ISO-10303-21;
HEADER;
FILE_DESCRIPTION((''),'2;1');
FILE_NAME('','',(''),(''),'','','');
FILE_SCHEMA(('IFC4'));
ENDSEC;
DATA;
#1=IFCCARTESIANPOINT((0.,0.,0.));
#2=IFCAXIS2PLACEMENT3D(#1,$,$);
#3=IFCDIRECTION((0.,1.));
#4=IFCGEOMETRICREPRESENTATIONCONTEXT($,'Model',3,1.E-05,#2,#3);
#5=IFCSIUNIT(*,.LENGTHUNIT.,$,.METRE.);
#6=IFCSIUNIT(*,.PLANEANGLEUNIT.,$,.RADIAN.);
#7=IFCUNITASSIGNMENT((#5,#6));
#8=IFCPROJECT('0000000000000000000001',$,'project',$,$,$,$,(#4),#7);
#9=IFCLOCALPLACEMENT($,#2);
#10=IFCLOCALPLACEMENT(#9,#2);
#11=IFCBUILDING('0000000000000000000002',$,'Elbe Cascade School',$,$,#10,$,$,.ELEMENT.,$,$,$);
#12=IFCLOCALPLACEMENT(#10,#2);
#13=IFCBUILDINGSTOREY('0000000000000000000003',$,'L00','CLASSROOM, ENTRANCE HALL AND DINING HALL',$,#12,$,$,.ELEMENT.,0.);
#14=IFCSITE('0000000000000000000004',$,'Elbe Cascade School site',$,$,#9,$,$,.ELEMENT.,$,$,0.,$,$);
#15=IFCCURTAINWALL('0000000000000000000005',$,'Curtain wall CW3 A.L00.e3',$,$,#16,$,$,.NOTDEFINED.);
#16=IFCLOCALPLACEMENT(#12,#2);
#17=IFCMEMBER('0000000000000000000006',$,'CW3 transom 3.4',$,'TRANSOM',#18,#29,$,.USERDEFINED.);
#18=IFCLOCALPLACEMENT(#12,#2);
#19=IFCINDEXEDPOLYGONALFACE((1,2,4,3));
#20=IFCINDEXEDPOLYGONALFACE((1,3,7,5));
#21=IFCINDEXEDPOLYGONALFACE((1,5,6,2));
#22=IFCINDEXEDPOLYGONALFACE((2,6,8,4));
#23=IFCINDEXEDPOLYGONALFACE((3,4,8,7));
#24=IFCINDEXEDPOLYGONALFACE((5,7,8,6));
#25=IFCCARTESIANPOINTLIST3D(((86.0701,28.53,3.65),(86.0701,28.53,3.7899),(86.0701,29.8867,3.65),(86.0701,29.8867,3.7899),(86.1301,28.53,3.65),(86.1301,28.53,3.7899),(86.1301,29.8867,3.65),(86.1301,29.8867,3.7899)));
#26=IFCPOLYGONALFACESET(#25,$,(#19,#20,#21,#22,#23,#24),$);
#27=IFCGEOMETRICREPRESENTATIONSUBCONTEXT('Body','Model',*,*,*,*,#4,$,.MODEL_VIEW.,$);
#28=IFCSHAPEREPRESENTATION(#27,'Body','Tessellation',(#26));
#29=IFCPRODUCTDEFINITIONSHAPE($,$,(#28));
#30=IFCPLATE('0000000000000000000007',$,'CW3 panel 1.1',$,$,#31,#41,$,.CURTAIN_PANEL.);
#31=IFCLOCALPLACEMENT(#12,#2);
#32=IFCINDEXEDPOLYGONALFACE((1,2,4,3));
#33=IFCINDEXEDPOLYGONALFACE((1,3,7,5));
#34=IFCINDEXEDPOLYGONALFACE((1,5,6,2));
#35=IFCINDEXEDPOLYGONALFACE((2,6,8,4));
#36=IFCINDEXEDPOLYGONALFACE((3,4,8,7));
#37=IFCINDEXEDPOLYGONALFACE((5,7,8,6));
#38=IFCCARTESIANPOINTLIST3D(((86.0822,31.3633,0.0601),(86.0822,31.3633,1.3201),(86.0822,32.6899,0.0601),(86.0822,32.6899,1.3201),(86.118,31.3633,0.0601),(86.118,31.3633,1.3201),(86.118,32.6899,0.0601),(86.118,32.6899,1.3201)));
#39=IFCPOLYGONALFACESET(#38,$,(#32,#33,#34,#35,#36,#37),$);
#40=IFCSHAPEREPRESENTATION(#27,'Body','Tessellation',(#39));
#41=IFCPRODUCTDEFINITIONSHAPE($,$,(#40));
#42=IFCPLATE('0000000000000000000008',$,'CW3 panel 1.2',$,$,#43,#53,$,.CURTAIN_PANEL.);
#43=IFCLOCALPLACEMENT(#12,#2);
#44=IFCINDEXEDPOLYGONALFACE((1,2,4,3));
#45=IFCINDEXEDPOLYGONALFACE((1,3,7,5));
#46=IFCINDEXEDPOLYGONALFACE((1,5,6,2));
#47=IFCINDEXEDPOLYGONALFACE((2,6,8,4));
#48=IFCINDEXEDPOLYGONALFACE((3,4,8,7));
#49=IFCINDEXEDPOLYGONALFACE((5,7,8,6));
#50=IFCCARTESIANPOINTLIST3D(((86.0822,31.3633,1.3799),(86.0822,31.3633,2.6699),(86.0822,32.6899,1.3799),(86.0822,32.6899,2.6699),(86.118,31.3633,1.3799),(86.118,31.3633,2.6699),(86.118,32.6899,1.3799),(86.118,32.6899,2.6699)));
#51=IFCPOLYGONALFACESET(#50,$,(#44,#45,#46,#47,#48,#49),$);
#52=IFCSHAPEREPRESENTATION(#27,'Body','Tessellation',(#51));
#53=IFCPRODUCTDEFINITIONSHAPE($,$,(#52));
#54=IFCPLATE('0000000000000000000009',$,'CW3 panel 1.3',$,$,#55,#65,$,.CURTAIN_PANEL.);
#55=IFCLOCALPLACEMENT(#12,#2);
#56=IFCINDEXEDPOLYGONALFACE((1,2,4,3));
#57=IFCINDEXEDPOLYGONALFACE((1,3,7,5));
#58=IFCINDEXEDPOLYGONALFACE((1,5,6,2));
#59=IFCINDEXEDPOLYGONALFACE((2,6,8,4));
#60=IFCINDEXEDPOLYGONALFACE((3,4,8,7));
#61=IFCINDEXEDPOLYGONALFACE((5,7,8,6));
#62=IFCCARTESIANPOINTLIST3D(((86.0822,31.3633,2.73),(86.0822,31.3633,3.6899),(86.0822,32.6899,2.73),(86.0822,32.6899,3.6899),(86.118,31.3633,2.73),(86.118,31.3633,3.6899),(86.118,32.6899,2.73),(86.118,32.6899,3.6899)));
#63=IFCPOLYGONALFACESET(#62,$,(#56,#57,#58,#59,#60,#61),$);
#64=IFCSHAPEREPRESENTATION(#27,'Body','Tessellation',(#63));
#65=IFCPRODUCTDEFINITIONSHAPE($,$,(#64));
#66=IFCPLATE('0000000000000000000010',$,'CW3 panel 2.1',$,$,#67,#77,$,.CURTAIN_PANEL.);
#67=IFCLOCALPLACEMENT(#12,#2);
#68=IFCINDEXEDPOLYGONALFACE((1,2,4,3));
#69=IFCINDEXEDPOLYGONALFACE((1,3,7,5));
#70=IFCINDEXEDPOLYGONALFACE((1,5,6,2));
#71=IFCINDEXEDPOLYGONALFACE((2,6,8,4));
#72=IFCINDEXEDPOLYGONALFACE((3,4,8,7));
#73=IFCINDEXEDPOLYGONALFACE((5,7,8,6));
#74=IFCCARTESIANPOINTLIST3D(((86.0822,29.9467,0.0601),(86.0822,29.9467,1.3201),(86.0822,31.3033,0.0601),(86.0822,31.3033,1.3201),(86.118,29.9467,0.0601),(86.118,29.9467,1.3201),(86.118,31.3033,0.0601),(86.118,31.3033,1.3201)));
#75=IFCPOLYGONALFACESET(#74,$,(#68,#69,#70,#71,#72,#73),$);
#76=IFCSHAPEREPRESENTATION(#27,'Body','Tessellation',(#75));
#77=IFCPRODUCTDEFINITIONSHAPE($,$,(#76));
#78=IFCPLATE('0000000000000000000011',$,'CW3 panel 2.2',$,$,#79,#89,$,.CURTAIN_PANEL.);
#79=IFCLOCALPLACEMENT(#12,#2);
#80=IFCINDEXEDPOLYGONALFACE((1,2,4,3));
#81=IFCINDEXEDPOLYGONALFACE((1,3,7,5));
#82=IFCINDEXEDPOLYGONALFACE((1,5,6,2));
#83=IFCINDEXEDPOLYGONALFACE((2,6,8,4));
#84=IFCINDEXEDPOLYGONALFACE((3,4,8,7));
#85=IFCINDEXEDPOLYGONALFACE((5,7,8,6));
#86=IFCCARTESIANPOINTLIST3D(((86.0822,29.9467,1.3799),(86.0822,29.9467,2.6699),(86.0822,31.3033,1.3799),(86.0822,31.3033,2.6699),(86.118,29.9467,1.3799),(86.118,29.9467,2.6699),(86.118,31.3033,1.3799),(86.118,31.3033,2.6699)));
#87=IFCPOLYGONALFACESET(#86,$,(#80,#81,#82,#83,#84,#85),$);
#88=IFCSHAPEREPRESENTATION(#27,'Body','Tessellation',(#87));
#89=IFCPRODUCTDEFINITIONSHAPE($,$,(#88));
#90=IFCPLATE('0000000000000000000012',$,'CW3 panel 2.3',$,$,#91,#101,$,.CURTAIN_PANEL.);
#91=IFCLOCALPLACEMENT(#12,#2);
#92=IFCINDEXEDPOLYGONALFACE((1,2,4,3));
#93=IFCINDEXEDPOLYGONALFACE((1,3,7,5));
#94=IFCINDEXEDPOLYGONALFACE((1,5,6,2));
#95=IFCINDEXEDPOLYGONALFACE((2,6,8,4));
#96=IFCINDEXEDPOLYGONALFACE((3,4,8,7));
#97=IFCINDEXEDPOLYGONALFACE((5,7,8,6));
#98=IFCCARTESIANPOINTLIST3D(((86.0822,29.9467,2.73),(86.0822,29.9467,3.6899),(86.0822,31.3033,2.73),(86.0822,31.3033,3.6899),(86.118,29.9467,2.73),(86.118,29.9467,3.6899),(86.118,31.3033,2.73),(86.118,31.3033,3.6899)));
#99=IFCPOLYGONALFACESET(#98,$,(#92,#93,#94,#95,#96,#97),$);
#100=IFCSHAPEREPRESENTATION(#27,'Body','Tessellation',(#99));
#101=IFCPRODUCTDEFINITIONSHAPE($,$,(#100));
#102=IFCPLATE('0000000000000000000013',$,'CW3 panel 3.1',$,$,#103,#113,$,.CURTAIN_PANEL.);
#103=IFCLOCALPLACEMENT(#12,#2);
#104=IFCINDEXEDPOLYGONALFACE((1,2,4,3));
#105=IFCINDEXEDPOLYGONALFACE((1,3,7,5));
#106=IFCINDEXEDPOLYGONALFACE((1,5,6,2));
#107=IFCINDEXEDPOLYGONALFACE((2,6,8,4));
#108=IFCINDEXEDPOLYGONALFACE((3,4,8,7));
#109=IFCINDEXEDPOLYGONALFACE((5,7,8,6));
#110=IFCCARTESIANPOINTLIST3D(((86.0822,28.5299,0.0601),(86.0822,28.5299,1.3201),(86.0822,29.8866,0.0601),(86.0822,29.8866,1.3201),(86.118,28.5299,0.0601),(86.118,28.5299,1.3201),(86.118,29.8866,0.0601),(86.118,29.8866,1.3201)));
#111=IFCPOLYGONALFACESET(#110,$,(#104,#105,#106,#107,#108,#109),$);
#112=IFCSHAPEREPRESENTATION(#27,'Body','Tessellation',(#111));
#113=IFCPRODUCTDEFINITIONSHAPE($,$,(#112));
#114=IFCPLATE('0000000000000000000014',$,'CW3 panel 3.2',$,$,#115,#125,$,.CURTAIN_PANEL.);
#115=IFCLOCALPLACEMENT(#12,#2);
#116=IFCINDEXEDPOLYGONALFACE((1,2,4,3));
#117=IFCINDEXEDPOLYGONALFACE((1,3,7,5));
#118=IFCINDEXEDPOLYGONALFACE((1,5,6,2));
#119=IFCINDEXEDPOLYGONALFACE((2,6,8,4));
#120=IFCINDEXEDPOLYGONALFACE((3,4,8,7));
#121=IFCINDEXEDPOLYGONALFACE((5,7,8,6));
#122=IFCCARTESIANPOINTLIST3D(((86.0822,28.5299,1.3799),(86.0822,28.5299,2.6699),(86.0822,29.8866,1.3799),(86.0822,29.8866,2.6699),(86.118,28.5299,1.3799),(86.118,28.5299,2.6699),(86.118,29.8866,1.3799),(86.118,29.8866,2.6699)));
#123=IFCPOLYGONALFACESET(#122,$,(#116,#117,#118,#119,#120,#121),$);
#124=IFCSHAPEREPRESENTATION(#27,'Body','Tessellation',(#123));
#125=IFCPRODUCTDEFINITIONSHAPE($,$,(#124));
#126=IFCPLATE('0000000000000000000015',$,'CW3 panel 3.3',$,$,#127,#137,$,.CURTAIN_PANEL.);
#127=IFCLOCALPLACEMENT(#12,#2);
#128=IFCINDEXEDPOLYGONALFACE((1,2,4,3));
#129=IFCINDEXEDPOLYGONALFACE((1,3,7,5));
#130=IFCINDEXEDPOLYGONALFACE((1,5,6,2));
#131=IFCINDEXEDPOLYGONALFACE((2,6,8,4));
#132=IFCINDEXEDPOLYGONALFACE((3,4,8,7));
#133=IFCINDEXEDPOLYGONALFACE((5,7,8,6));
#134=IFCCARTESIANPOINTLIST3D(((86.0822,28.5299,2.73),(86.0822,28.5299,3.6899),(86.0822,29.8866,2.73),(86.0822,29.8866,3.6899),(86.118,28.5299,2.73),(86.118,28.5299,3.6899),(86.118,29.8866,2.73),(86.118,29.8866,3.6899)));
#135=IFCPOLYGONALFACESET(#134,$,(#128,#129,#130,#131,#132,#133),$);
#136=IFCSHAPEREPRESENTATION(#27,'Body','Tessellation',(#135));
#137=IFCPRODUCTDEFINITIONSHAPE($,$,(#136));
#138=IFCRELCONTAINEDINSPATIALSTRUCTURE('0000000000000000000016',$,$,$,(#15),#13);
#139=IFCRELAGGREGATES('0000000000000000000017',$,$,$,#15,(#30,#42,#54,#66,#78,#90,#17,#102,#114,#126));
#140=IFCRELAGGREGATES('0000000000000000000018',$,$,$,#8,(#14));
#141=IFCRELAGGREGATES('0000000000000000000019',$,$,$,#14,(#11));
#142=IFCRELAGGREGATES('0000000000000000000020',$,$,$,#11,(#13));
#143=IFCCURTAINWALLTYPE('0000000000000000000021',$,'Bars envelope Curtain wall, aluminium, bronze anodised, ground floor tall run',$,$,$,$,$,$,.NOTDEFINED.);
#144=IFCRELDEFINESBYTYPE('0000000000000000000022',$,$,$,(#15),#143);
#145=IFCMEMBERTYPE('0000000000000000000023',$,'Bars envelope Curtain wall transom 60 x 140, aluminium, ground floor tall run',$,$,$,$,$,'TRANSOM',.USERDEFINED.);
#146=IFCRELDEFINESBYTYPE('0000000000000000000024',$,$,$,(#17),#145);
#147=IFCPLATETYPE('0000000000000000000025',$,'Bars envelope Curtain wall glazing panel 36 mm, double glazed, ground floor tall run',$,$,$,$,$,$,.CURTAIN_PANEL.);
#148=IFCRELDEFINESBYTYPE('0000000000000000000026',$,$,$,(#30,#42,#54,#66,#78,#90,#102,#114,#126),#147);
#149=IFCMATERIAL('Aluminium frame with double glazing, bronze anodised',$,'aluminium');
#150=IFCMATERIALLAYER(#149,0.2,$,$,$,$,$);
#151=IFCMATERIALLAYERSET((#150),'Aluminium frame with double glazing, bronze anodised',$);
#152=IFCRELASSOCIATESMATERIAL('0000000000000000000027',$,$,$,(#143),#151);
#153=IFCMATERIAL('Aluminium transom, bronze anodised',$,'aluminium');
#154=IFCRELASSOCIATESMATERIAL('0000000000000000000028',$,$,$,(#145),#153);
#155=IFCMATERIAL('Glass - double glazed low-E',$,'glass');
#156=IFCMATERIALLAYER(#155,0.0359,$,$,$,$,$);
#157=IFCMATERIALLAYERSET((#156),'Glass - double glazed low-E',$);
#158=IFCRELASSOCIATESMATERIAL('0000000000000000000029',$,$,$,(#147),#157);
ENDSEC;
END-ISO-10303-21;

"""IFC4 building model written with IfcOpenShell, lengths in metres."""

from ifc_helpers import new_model, si_unit, direction, frame, origin, origin_2d, place, context, subcontext, project, spatial, rectangle, extrude, material, layer, layer_set, material_profile, profile_set, type_object, element, aggregate, save


model = new_model("IFC4")

# Units and contexts
model_context = context("Model", 3, precision=1e-05, world=origin(), true_north=direction((0.0, 1.0)))
body_context = subcontext(model_context, "Body", "Model", "MODEL_VIEW")
ifc_project = project(units=[si_unit("LENGTHUNIT", "METRE"), si_unit("PLANEANGLEUNIT", "RADIAN")], contexts=[model_context])

# Site, building, storey
site_placement = place(None, origin())
site = spatial("IfcSite", under=ifc_project, at=site_placement, Name="Elbe Cascade School site", CompositionType="ELEMENT", RefElevation=0.0)
building_placement = place(site_placement, origin())
building = spatial("IfcBuilding", under=site, at=building_placement, Name="Elbe Cascade School", CompositionType="ELEMENT")
storey_placement = place(building_placement, origin())
storey = spatial("IfcBuildingStorey", under=building, at=storey_placement, Name="L00", Description="CLASSROOM, ENTRANCE HALL AND DINING HALL", CompositionType="ELEMENT", Elevation=0.0)

# Curtain wall, member, plates
ifc_material_1 = material(Name="Aluminium frame with double glazing, bronze anodised", Category="aluminium")
ifc_layer_1 = layer(ifc_material_1, 0.2)
ifc_layer_set_1 = layer_set([ifc_layer_1], Name="Aluminium frame with double glazing, bronze anodised")
curtain_wall_type = type_object("IfcCurtainWallType", Name="Bars envelope Curtain wall, aluminium, bronze anodised, ground floor tall run", PredefinedType="NOTDEFINED", material=ifc_layer_set_1)
curtain_wall_placement = place(storey_placement, origin())
curtain_wall = element("IfcCurtainWall", 1, at=curtain_wall_placement, inside=storey, type_object=curtain_wall_type, Name="Curtain wall CW3 A.L00.e3", PredefinedType="NOTDEFINED")
ifc_material_2 = material(Name="Aluminium transom, bronze anodised", Category="aluminium")
ifc_material_profile_1 = material_profile(ifc_material_2, rectangle(XDim=0.0601, YDim=0.1399, at=origin_2d()), Name="Bars envelope Curtain wall transom 60 x 140, aluminium, ground floor tall run")
ifc_profile_set_1 = profile_set([ifc_material_profile_1], Name="Aluminium transom, bronze anodised")
member_type_1 = type_object("IfcMemberType", Name="Bars envelope Curtain wall transom 60 x 140, aluminium, ground floor tall run", ElementType="TRANSOM", PredefinedType="USERDEFINED", material=ifc_profile_set_1)
member_1_placement = place(storey_placement, frame((86.1001, 29.8867, 3.72), z_axis=(0.0, -1.0, 0.0), x_axis=(1.0, 0.0, 0.0)))
member_1 = element("IfcMember", 2, at=member_1_placement, type_object=member_type_1, Name="CW3 transom 3.4", ObjectType="TRANSOM", PredefinedType="USERDEFINED", context=body_context, shape_type="SweptSolid", body=[
    extrude(rectangle(XDim=0.0601, YDim=0.1399, at=origin_2d()), origin(), (0.0, 0.0, 1.0), 1.3567),
])
ifc_material_3 = material(Name="Glass - double glazed low-E", Category="glass")
ifc_layer_2 = layer(ifc_material_3, 0.0359)
ifc_layer_set_2 = layer_set([ifc_layer_2], Name="Glass - double glazed low-E")
plate_type = type_object("IfcPlateType", Name="Bars envelope Curtain wall glazing panel 36 mm, double glazed, ground floor tall run", PredefinedType="CURTAIN_PANEL", material=ifc_layer_set_2)
plate_1_placement = place(storey_placement, frame((86.1001, 32.0266, 0.0601), z_axis=(0.0, 0.0, 1.0), x_axis=(0.0, -1.0, 0.0)))
plate_1 = element("IfcPlate", 3, at=plate_1_placement, type_object=plate_type, Name="CW3 panel 1.1", PredefinedType="CURTAIN_PANEL", context=body_context, shape_type="SweptSolid", body=[
    extrude(rectangle(XDim=1.3267, YDim=0.0359, at=origin_2d()), origin(), (0.0, 0.0, 1.0), 1.26),
])
plate_2_placement = place(storey_placement, frame((86.1001, 32.0266, 1.3799), z_axis=(0.0, 0.0, 1.0), x_axis=(0.0, -1.0, 0.0)))
plate_2 = element("IfcPlate", 4, at=plate_2_placement, type_object=plate_type, Name="CW3 panel 1.2", PredefinedType="CURTAIN_PANEL", context=body_context, shape_type="SweptSolid", body=[
    extrude(rectangle(XDim=1.3267, YDim=0.0359, at=origin_2d()), origin(), (0.0, 0.0, 1.0), 1.29),
])
plate_3_placement = place(storey_placement, frame((86.1001, 32.0266, 2.73), z_axis=(0.0, 0.0, 1.0), x_axis=(0.0, -1.0, 0.0)))
plate_3 = element("IfcPlate", 5, at=plate_3_placement, type_object=plate_type, Name="CW3 panel 1.3", PredefinedType="CURTAIN_PANEL", context=body_context, shape_type="SweptSolid", body=[
    extrude(rectangle(XDim=1.3267, YDim=0.0359, at=origin_2d()), origin(), (0.0, 0.0, 1.0), 0.96),
])
plate_4_placement = place(storey_placement, frame((86.1001, 30.625, 0.0601), z_axis=(0.0, 0.0, 1.0), x_axis=(0.0, -1.0, 0.0)))
plate_4 = element("IfcPlate", 6, at=plate_4_placement, type_object=plate_type, Name="CW3 panel 2.1", PredefinedType="CURTAIN_PANEL", context=body_context, shape_type="SweptSolid", body=[
    extrude(rectangle(XDim=1.3567, YDim=0.0359, at=origin_2d()), origin(), (0.0, 0.0, 1.0), 1.26),
])
plate_5_placement = place(storey_placement, frame((86.1001, 30.625, 1.3799), z_axis=(0.0, 0.0, 1.0), x_axis=(0.0, -1.0, 0.0)))
plate_5 = element("IfcPlate", 7, at=plate_5_placement, type_object=plate_type, Name="CW3 panel 2.2", PredefinedType="CURTAIN_PANEL", context=body_context, shape_type="SweptSolid", body=[
    extrude(rectangle(XDim=1.3567, YDim=0.0359, at=origin_2d()), origin(), (0.0, 0.0, 1.0), 1.29),
])
plate_6_placement = place(storey_placement, frame((86.1001, 30.625, 2.73), z_axis=(0.0, 0.0, 1.0), x_axis=(0.0, -1.0, 0.0)))
plate_6 = element("IfcPlate", 8, at=plate_6_placement, type_object=plate_type, Name="CW3 panel 2.3", PredefinedType="CURTAIN_PANEL", context=body_context, shape_type="SweptSolid", body=[
    extrude(rectangle(XDim=1.3567, YDim=0.0359, at=origin_2d()), origin(), (0.0, 0.0, 1.0), 0.96),
])
plate_7_placement = place(storey_placement, frame((86.1001, 29.2083, 0.0601), z_axis=(0.0, 0.0, 1.0), x_axis=(0.0, -1.0, 0.0)))
plate_7 = element("IfcPlate", 9, at=plate_7_placement, type_object=plate_type, Name="CW3 panel 3.1", PredefinedType="CURTAIN_PANEL", context=body_context, shape_type="SweptSolid", body=[
    extrude(rectangle(XDim=1.3567, YDim=0.0359, at=origin_2d()), origin(), (0.0, 0.0, 1.0), 1.26),
])
plate_8_placement = place(storey_placement, frame((86.1001, 29.2083, 1.3799), z_axis=(0.0, 0.0, 1.0), x_axis=(0.0, -1.0, 0.0)))
plate_8 = element("IfcPlate", 10, at=plate_8_placement, type_object=plate_type, Name="CW3 panel 3.2", PredefinedType="CURTAIN_PANEL", context=body_context, shape_type="SweptSolid", body=[
    extrude(rectangle(XDim=1.3567, YDim=0.0359, at=origin_2d()), origin(), (0.0, 0.0, 1.0), 1.29),
])
plate_9_placement = place(storey_placement, frame((86.1001, 29.2083, 2.73), z_axis=(0.0, 0.0, 1.0), x_axis=(0.0, -1.0, 0.0)))
plate_9 = element("IfcPlate", 11, at=plate_9_placement, type_object=plate_type, Name="CW3 panel 3.3", PredefinedType="CURTAIN_PANEL", context=body_context, shape_type="SweptSolid", body=[
    extrude(rectangle(XDim=1.3567, YDim=0.0359, at=origin_2d()), origin(), (0.0, 0.0, 1.0), 0.96),
])
aggregate(curtain_wall, [plate_1, plate_2, plate_3, plate_4, plate_5, plate_6, member_1, plate_7, plate_8, plate_9])

save(model, "model.ifc")
